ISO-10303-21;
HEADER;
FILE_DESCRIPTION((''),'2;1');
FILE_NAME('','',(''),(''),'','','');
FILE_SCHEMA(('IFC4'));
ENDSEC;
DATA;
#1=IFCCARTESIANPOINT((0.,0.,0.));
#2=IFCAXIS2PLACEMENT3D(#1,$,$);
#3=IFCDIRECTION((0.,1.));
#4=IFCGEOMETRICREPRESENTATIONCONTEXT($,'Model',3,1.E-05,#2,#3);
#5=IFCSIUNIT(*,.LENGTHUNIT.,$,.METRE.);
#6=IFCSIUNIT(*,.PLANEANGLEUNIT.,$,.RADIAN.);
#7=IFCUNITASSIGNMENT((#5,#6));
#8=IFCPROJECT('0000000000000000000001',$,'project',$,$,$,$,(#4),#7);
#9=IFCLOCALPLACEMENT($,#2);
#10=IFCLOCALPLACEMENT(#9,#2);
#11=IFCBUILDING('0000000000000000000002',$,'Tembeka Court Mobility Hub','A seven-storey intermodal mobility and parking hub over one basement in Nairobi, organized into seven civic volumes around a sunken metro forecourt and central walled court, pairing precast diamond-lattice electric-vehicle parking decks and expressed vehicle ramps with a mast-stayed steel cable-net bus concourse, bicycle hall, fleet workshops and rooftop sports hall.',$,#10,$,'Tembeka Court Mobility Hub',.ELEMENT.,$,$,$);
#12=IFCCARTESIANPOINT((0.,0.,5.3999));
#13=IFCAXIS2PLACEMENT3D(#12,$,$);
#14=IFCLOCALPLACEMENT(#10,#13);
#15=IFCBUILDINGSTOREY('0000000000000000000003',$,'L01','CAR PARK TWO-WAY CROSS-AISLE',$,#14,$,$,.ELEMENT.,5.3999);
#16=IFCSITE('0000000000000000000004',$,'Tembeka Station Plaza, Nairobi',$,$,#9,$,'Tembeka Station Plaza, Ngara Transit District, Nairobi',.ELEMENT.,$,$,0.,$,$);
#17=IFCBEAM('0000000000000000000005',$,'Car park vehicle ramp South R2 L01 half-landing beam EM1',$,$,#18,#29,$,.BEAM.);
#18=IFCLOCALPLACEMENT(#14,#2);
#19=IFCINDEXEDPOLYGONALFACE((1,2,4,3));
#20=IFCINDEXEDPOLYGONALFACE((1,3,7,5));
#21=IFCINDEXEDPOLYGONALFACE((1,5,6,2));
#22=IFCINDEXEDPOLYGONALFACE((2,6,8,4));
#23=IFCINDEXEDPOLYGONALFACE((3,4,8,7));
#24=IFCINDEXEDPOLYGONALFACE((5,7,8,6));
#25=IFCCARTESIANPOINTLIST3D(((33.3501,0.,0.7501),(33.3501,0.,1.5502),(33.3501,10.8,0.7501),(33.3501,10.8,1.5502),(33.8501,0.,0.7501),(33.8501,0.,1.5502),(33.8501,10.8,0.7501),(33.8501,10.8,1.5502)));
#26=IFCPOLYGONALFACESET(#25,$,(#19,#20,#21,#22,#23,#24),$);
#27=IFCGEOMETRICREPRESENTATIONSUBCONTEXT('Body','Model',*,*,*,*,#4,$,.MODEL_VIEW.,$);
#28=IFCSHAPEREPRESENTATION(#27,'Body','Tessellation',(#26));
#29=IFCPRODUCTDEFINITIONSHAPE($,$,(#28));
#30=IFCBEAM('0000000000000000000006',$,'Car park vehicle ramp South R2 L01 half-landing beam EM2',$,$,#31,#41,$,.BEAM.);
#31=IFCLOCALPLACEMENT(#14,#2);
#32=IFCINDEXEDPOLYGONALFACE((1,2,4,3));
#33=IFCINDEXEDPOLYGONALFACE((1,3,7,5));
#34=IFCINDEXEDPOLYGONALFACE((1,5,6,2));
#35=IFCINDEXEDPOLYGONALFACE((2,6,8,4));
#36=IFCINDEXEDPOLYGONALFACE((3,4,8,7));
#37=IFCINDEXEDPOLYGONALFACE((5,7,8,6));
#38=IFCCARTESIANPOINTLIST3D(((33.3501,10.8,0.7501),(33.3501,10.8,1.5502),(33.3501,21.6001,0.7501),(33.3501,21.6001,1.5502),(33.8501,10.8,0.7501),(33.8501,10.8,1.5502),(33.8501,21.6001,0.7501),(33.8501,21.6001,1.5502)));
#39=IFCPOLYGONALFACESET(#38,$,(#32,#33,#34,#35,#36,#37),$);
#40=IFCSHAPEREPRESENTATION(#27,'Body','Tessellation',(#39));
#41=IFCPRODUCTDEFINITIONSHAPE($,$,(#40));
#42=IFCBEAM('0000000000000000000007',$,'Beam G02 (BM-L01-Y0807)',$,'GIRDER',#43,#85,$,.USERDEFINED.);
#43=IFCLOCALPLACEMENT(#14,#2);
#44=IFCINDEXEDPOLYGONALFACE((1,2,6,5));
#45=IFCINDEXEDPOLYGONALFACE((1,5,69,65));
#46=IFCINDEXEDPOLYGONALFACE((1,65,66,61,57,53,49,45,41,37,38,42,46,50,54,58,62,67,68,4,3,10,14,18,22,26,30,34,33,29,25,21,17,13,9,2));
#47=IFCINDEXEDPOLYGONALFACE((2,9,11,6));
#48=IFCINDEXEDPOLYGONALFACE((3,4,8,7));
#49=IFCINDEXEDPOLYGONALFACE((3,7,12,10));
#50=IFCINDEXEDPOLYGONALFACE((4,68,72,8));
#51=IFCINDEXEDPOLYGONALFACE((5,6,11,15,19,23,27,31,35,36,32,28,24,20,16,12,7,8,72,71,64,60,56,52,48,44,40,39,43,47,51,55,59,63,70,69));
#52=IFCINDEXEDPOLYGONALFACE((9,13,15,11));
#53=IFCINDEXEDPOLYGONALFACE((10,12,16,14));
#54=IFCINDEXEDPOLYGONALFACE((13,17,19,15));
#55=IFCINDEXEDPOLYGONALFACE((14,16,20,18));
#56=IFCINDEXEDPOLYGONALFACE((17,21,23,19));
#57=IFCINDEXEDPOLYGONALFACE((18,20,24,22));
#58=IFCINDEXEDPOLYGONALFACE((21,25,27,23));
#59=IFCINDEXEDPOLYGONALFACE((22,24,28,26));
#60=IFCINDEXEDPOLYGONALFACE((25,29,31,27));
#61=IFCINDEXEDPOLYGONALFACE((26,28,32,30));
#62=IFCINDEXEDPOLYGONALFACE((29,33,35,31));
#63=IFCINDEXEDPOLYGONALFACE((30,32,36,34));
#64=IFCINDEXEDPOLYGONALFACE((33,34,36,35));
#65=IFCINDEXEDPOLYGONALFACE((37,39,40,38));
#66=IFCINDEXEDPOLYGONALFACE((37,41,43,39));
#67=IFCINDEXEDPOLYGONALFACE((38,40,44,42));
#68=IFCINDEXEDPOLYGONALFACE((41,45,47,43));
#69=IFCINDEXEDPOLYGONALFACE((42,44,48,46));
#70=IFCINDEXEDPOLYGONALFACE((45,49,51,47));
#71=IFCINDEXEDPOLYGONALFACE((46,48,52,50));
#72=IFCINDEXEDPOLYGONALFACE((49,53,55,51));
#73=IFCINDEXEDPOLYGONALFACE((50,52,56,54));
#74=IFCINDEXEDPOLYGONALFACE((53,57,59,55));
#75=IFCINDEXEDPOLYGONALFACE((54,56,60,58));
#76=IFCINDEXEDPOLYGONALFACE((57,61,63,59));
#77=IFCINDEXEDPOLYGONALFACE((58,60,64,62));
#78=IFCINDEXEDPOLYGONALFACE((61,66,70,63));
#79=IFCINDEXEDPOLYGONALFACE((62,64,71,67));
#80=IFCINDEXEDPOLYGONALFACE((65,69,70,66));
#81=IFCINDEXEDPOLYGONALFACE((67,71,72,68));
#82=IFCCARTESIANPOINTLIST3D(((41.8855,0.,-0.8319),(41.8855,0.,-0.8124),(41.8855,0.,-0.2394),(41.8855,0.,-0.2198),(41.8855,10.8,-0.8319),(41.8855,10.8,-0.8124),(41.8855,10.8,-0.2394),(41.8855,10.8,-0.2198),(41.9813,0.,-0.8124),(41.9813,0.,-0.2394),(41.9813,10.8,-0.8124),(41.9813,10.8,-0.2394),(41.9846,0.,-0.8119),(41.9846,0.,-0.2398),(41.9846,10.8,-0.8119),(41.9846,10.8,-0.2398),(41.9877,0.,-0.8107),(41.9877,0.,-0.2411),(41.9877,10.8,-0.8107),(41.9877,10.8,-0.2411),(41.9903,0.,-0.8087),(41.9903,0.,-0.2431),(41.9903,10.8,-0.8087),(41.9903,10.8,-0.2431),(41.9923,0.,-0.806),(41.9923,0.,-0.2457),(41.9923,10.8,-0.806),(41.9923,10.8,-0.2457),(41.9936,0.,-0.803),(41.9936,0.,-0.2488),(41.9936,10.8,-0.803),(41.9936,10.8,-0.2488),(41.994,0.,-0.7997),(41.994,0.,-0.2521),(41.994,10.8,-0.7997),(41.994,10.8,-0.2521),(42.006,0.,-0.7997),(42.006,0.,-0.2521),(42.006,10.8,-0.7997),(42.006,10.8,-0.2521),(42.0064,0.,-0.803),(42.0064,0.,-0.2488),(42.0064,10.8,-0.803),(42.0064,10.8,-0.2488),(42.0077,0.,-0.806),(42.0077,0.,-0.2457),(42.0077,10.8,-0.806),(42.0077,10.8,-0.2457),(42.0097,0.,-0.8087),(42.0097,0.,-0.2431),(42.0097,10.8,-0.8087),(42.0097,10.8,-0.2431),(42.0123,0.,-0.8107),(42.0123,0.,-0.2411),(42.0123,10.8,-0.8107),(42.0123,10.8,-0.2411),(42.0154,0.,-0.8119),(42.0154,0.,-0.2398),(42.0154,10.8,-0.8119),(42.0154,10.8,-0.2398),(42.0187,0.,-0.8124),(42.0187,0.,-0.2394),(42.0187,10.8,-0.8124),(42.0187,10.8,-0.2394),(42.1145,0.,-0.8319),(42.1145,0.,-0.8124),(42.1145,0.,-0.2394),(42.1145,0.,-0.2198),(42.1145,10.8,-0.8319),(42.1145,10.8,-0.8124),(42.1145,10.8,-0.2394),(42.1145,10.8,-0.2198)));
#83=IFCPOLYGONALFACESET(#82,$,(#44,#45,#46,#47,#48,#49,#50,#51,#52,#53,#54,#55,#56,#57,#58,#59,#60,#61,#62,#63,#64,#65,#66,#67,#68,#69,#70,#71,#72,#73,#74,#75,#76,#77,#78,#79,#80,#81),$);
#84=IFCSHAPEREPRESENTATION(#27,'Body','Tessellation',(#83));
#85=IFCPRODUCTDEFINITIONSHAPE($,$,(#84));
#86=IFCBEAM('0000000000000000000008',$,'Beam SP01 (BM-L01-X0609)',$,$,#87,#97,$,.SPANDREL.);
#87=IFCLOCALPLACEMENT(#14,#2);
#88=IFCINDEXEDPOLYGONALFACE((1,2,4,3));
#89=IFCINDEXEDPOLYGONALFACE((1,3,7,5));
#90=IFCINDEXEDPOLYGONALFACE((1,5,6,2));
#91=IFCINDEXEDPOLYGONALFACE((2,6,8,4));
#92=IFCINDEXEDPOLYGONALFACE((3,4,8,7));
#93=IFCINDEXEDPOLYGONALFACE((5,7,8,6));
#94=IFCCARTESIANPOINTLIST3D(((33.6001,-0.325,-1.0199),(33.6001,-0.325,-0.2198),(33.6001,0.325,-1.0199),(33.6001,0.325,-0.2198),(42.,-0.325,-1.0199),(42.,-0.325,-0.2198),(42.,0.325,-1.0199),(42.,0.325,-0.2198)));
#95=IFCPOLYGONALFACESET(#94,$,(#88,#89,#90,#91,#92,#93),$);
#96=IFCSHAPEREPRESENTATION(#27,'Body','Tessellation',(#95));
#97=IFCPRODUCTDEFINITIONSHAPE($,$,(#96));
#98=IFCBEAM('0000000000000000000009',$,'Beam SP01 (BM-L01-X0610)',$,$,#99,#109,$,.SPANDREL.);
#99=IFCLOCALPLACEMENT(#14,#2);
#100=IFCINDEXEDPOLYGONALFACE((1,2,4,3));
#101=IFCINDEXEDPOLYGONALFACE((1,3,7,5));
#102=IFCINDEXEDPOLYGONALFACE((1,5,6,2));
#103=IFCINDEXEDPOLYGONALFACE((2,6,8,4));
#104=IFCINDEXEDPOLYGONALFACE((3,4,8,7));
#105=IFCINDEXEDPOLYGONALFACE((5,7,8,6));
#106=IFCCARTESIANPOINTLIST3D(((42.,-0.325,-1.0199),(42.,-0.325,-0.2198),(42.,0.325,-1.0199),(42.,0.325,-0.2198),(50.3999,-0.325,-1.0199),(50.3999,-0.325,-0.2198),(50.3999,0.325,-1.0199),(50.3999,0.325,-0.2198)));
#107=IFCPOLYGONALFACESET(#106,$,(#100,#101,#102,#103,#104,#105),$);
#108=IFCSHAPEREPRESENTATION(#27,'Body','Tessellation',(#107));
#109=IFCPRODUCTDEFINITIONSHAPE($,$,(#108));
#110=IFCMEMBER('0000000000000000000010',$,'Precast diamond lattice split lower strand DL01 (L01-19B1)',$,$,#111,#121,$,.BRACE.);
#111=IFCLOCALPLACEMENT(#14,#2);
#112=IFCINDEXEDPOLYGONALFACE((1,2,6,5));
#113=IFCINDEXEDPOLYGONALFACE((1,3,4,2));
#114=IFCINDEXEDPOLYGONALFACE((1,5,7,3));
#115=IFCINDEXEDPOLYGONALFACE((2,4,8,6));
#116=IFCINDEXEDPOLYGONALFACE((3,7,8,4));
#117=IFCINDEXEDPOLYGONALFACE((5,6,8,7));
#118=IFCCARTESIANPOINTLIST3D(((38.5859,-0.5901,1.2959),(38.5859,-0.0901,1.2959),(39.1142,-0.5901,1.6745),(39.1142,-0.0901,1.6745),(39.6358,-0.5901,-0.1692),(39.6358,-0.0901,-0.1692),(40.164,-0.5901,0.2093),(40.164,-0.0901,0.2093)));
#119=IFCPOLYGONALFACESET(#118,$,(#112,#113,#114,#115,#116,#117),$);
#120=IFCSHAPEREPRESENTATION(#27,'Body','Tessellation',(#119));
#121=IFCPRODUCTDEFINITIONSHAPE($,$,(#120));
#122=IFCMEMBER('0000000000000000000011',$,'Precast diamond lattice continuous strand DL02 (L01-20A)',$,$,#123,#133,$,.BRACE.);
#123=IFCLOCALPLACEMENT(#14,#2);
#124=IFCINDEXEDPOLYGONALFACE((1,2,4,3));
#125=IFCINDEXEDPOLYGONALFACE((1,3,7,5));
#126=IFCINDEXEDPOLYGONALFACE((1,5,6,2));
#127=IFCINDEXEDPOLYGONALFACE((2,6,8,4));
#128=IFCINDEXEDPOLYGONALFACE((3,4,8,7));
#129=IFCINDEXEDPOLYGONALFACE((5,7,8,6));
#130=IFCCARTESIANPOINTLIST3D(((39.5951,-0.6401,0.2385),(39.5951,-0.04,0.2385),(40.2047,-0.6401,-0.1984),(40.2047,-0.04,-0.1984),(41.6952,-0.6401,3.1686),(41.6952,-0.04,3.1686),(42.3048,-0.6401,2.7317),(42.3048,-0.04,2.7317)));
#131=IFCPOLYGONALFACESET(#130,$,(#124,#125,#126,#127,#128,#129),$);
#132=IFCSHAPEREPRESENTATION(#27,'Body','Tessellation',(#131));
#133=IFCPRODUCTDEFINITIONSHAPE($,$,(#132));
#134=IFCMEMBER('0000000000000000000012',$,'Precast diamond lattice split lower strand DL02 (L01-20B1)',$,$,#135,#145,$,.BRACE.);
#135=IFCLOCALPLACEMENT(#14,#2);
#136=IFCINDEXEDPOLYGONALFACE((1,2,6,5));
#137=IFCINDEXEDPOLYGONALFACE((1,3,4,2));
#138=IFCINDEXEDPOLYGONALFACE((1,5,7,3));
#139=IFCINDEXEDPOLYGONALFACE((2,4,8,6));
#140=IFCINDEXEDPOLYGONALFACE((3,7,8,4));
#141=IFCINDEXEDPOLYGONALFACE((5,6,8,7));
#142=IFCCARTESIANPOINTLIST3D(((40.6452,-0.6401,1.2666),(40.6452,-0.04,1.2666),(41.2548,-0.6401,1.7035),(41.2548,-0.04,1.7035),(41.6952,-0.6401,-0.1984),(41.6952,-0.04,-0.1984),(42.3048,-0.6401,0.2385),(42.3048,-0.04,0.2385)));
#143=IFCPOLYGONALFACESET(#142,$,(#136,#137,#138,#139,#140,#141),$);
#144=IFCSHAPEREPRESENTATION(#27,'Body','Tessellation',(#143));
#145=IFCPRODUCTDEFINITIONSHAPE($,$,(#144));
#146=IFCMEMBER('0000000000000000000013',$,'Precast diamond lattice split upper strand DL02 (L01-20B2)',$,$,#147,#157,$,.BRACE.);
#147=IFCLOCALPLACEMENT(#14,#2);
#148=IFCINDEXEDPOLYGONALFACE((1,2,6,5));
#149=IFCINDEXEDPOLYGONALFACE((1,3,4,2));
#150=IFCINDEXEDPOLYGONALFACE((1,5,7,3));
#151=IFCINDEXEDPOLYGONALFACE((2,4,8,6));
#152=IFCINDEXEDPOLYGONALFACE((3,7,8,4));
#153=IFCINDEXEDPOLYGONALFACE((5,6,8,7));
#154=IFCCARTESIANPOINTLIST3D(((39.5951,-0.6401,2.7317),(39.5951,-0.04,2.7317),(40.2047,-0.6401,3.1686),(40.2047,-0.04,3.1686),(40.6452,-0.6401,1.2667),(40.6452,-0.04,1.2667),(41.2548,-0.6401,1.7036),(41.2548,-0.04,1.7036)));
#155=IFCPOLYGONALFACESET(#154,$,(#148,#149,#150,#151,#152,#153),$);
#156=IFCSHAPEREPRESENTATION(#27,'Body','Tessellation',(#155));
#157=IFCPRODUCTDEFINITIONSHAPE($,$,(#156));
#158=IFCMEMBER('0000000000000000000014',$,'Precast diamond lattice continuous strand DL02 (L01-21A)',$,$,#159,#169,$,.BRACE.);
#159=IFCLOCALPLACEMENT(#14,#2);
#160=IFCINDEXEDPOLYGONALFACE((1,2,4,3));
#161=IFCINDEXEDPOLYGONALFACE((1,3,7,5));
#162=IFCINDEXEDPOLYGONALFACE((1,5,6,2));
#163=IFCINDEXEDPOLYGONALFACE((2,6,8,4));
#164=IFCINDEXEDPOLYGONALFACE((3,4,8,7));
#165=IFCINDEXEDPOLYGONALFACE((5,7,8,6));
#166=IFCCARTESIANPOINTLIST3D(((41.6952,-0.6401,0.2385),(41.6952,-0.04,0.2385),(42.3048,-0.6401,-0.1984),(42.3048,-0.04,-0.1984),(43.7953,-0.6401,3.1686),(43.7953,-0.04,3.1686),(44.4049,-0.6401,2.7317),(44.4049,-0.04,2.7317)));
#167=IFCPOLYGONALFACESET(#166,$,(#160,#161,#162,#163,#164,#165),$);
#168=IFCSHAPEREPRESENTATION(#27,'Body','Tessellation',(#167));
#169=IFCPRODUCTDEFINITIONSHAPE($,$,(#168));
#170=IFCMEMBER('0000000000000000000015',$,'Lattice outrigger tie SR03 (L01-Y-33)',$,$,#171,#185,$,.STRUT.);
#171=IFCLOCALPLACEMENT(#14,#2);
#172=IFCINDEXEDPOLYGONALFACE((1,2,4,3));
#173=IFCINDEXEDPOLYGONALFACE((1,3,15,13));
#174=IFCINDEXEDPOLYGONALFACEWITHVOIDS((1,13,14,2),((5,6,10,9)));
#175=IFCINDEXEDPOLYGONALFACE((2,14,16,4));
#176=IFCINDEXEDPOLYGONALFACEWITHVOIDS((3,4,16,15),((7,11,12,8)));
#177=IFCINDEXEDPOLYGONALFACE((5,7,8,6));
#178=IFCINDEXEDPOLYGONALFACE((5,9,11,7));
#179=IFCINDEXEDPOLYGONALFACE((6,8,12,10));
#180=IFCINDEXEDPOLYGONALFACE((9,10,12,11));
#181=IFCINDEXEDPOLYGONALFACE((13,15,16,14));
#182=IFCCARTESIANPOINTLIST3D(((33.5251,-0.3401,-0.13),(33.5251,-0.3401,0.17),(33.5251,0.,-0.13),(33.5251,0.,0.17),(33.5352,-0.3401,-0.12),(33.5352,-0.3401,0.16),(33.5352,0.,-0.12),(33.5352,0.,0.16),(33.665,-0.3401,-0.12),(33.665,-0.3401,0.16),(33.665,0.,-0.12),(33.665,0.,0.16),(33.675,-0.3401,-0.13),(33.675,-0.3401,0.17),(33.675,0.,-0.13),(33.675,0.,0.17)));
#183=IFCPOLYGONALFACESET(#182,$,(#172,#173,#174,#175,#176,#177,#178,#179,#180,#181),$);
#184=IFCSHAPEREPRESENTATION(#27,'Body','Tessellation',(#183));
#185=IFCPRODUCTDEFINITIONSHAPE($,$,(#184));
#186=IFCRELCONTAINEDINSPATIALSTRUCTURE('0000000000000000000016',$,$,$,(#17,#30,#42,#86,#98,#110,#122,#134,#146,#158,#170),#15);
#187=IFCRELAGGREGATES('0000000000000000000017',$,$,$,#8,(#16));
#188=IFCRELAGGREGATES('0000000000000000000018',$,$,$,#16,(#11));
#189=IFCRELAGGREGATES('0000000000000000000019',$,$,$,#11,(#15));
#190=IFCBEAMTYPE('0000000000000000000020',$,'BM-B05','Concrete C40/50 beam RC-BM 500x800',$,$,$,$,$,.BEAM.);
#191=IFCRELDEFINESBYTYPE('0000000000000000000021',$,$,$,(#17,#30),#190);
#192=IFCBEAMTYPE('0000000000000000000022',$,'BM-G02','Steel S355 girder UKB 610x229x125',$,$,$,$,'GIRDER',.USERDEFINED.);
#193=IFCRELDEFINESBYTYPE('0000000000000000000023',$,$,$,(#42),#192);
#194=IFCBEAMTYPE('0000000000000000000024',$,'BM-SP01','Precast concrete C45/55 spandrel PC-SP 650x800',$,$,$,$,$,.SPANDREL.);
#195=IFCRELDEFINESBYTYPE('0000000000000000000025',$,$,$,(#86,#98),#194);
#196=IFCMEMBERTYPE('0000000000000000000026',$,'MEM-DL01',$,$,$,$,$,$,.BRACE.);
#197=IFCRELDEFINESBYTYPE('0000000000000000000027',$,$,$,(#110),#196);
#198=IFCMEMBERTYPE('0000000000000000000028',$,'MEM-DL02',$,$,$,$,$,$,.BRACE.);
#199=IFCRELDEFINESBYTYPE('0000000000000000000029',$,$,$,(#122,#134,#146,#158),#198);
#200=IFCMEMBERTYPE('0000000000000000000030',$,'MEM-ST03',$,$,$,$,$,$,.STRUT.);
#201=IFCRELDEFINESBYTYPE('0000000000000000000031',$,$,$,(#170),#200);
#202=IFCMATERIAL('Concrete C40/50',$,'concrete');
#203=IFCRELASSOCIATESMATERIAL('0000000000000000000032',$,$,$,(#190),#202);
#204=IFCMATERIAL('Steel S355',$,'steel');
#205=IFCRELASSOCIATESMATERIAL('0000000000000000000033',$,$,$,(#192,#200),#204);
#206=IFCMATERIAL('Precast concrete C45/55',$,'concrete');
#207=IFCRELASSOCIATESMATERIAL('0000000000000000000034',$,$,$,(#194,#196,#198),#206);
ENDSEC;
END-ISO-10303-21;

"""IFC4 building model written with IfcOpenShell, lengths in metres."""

from ifc_helpers import new_model, si_unit, direction, frame, origin, origin_2d, place, context, subcontext, project, spatial, rectangle, hollow_rectangle, i_section, extrude, material, material_profile, profile_set, type_object, element, save


model = new_model("IFC4")

# Units and contexts
model_context = context("Model", 3, precision=1e-05, world=origin(), true_north=direction((0.0, 1.0)))
body_context = subcontext(model_context, "Body", "Model", "MODEL_VIEW")
ifc_project = project(units=[si_unit("LENGTHUNIT", "METRE"), si_unit("PLANEANGLEUNIT", "RADIAN")], contexts=[model_context])

# Site, building, storey
site_placement = place(None, origin())
site = spatial("IfcSite", under=ifc_project, at=site_placement, Name="Tembeka Station Plaza, Nairobi", LongName="Tembeka Station Plaza, Ngara Transit District, Nairobi", CompositionType="ELEMENT", RefElevation=0.0)
building_placement = place(site_placement, origin())
building = spatial("IfcBuilding", under=site, at=building_placement, Name="Tembeka Court Mobility Hub", Description="A seven-storey intermodal mobility and parking hub over one basement in Nairobi, organized into seven civic volumes around a sunken metro forecourt and central walled court, pairing precast diamond-lattice electric-vehicle parking decks and expressed vehicle ramps with a mast-stayed steel cable-net bus concourse, bicycle hall, fleet workshops and rooftop sports hall.", LongName="Tembeka Court Mobility Hub", CompositionType="ELEMENT")
storey_placement = place(building_placement, frame((0.0, 0.0, 5.3999)))
storey = spatial("IfcBuildingStorey", under=building, at=storey_placement, Name="L01", Description="CAR PARK TWO-WAY CROSS-AISLE", CompositionType="ELEMENT", Elevation=5.3999)

# Shared definitions
ifc_material_1 = material(Name="Steel S355", Category="steel")

# Beams
ifc_material_2 = material(Name="Concrete C40/50", Category="concrete")
ifc_material_profile_1 = material_profile(ifc_material_2, rectangle(XDim=0.5, YDim=0.8, at=origin_2d()), Name="RC-BM 500x800")
ifc_profile_set_1 = profile_set([ifc_material_profile_1], Name="Concrete C40/50")
beam_type_1 = type_object("IfcBeamType", Name="BM-B05", Description="Concrete C40/50 beam RC-BM 500x800", PredefinedType="BEAM", material=ifc_profile_set_1)
for number, where, z_axis, x_axis, name in (
    (1, (33.6001, 0.0, 1.1501), (0.0, 1.0, 0.0), (-1.0, 0.0, 0.0), "Car park vehicle ramp South R2 L01 half-landing beam EM1"),
    (2, (33.6001, 10.8, 1.1501), (0.0, 1.0, 0.0), (-1.0, 0.0, 0.0), "Car park vehicle ramp South R2 L01 half-landing beam EM2"),
):
    element("IfcBeam", number, at=place(storey_placement, frame(where, z_axis=z_axis, x_axis=x_axis)), inside=storey, type_object=beam_type_1, Name=name, PredefinedType="BEAM", context=body_context, shape_type="SweptSolid", body=[
        extrude(rectangle(XDim=0.5, YDim=0.8, at=origin_2d()), origin(), (0.0, 0.0, 1.0), 10.8),
    ])
ifc_material_profile_2 = material_profile(ifc_material_1, i_section(OverallWidth=0.229, OverallDepth=0.6121, WebThickness=0.012, FlangeThickness=0.0195, FilletRadius=0.0127, at=origin_2d()), Name="UKB 610x229x125")
ifc_profile_set_2 = profile_set([ifc_material_profile_2], Name="Steel S355")
beam_type_2 = type_object("IfcBeamType", Name="BM-G02", Description="Steel S355 girder UKB 610x229x125", ElementType="GIRDER", PredefinedType="USERDEFINED", material=ifc_profile_set_2)
beam_1_placement = place(storey_placement, frame((42.0, 0.0, -0.5259), z_axis=(0.0, 1.0, 0.0), x_axis=(-1.0, 0.0, 0.0)))
element("IfcBeam", 3, at=beam_1_placement, inside=storey, type_object=beam_type_2, Name="Beam G02 (BM-L01-Y0807)", ObjectType="GIRDER", PredefinedType="USERDEFINED", context=body_context, shape_type="SweptSolid", body=[
    extrude(i_section(OverallWidth=0.229, OverallDepth=0.6121, WebThickness=0.012, FlangeThickness=0.0195, FilletRadius=0.0127, at=origin_2d()), origin(), (0.0, 0.0, 1.0), 10.8),
])
ifc_material_3 = material(Name="Precast concrete C45/55", Category="concrete")
ifc_material_profile_3 = material_profile(ifc_material_3, rectangle(XDim=0.6499, YDim=0.8, at=origin_2d()), Name="PC-SP 650x800")
ifc_profile_set_3 = profile_set([ifc_material_profile_3], Name="Precast concrete C45/55")
beam_type_3 = type_object("IfcBeamType", Name="BM-SP01", Description="Precast concrete C45/55 spandrel PC-SP 650x800", PredefinedType="SPANDREL", material=ifc_profile_set_3)
for number, where, z_axis, x_axis, name in (
    (4, (33.6001, 0.0, -0.6199), (1.0, 0.0, 0.0), (0.0, 1.0, 0.0), "Beam SP01 (BM-L01-X0609)"),
    (5, (42.0, 0.0, -0.6199), (1.0, 0.0, 0.0), (0.0, 1.0, 0.0), "Beam SP01 (BM-L01-X0610)"),
):
    element("IfcBeam", number, at=place(storey_placement, frame(where, z_axis=z_axis, x_axis=x_axis)), inside=storey, type_object=beam_type_3, Name=name, PredefinedType="SPANDREL", context=body_context, shape_type="SweptSolid", body=[
        extrude(rectangle(XDim=0.6499, YDim=0.8, at=origin_2d()), origin(), (0.0, 0.0, 1.0), 8.3999),
    ])

# Members
ifc_material_profile_4 = material_profile(ifc_material_3, rectangle(XDim=0.5, YDim=0.6499, at=origin_2d()), Name="PC-DIAG 500x650")
ifc_profile_set_4 = profile_set([ifc_material_profile_4], Name="Precast concrete C45/55")
member_type_1 = type_object("IfcMemberType", Name="MEM-DL01", PredefinedType="BRACE", material=ifc_profile_set_4)
member_1_placement = place(storey_placement, frame((39.8999, -0.3401, 0.02), z_axis=(-0.582455, 0.0, 0.812863), x_axis=(0.0, -1.0, 0.0)))
element("IfcMember", 6, at=member_1_placement, inside=storey, type_object=member_type_1, Name="Precast diamond lattice split lower strand DL01 (L01-19B1)", PredefinedType="BRACE", context=body_context, shape_type="SweptSolid", body=[
    extrude(rectangle(XDim=0.5, YDim=0.6499, at=origin_2d()), origin(), (0.0, 0.0, 1.0), 1.8025),
])
ifc_material_profile_5 = material_profile(ifc_material_3, rectangle(XDim=0.6001, YDim=0.75, at=origin_2d()), Name="PC-DIAG 600x750")
ifc_profile_set_5 = profile_set([ifc_material_profile_5], Name="Precast concrete C45/55")
member_type_2 = type_object("IfcMemberType", Name="MEM-DL02", PredefinedType="BRACE", material=ifc_profile_set_5)
member_2_placement = place(storey_placement, frame((39.8999, -0.3401, 0.02), z_axis=(0.582544, 0.0, 0.812799), x_axis=(0.0, 1.0, 0.0)))
element("IfcMember", 7, at=member_2_placement, inside=storey, type_object=member_type_2, Name="Precast diamond lattice continuous strand DL02 (L01-20A)", PredefinedType="BRACE", context=body_context, shape_type="SweptSolid", body=[
    extrude(rectangle(XDim=0.6001, YDim=0.75, at=origin_2d()), origin(), (0.0, 0.0, 1.0), 3.605),
])
for number, where, z_axis, x_axis, name in (
    (8, (42.0, -0.3401, 0.02), (-0.582544, 0.0, 0.812799), (0.0, -1.0, 0.0), "Precast diamond lattice split lower strand DL02 (L01-20B1)"),
    (9, (40.95, -0.3401, 1.4851), (-0.582544, 0.0, 0.812799), (0.0, -1.0, 0.0), "Precast diamond lattice split upper strand DL02 (L01-20B2)"),
):
    element("IfcMember", number, at=place(storey_placement, frame(where, z_axis=z_axis, x_axis=x_axis)), inside=storey, type_object=member_type_2, Name=name, PredefinedType="BRACE", context=body_context, shape_type="SweptSolid", body=[
        extrude(rectangle(XDim=0.6001, YDim=0.75, at=origin_2d()), origin(), (0.0, 0.0, 1.0), 1.8025),
    ])
member_3_placement = place(storey_placement, frame((42.0, -0.3401, 0.02), z_axis=(0.582544, 0.0, 0.812799), x_axis=(0.0, 1.0, 0.0)))
element("IfcMember", 10, at=member_3_placement, inside=storey, type_object=member_type_2, Name="Precast diamond lattice continuous strand DL02 (L01-21A)", PredefinedType="BRACE", context=body_context, shape_type="SweptSolid", body=[
    extrude(rectangle(XDim=0.6001, YDim=0.75, at=origin_2d()), origin(), (0.0, 0.0, 1.0), 3.605),
])
ifc_material_profile_6 = material_profile(ifc_material_1, hollow_rectangle(XDim=0.1499, YDim=0.3, WallThickness=0.01, at=origin_2d()), Name="RHS 300x150x10")
ifc_profile_set_6 = profile_set([ifc_material_profile_6], Name="Steel S355")
member_type_3 = type_object("IfcMemberType", Name="MEM-ST03", PredefinedType="STRUT", material=ifc_profile_set_6)
for number, where, z_axis, x_axis, name in (
    (11, (33.6001, 0.0, 0.02), (0.0, -1.0, 0.0), (1.0, 0.0, 0.0), "Lattice outrigger tie SR03 (L01-Y-33)"),
):
    element("IfcMember", number, at=place(storey_placement, frame(where, z_axis=z_axis, x_axis=x_axis)), inside=storey, type_object=member_type_3, Name=name, PredefinedType="STRUT", context=body_context, shape_type="SweptSolid", body=[
        extrude(hollow_rectangle(XDim=0.1499, YDim=0.3, WallThickness=0.01, at=origin_2d()), origin(), (0.0, 0.0, 1.0), 0.3401),
    ])

save(model, "model.ifc")
